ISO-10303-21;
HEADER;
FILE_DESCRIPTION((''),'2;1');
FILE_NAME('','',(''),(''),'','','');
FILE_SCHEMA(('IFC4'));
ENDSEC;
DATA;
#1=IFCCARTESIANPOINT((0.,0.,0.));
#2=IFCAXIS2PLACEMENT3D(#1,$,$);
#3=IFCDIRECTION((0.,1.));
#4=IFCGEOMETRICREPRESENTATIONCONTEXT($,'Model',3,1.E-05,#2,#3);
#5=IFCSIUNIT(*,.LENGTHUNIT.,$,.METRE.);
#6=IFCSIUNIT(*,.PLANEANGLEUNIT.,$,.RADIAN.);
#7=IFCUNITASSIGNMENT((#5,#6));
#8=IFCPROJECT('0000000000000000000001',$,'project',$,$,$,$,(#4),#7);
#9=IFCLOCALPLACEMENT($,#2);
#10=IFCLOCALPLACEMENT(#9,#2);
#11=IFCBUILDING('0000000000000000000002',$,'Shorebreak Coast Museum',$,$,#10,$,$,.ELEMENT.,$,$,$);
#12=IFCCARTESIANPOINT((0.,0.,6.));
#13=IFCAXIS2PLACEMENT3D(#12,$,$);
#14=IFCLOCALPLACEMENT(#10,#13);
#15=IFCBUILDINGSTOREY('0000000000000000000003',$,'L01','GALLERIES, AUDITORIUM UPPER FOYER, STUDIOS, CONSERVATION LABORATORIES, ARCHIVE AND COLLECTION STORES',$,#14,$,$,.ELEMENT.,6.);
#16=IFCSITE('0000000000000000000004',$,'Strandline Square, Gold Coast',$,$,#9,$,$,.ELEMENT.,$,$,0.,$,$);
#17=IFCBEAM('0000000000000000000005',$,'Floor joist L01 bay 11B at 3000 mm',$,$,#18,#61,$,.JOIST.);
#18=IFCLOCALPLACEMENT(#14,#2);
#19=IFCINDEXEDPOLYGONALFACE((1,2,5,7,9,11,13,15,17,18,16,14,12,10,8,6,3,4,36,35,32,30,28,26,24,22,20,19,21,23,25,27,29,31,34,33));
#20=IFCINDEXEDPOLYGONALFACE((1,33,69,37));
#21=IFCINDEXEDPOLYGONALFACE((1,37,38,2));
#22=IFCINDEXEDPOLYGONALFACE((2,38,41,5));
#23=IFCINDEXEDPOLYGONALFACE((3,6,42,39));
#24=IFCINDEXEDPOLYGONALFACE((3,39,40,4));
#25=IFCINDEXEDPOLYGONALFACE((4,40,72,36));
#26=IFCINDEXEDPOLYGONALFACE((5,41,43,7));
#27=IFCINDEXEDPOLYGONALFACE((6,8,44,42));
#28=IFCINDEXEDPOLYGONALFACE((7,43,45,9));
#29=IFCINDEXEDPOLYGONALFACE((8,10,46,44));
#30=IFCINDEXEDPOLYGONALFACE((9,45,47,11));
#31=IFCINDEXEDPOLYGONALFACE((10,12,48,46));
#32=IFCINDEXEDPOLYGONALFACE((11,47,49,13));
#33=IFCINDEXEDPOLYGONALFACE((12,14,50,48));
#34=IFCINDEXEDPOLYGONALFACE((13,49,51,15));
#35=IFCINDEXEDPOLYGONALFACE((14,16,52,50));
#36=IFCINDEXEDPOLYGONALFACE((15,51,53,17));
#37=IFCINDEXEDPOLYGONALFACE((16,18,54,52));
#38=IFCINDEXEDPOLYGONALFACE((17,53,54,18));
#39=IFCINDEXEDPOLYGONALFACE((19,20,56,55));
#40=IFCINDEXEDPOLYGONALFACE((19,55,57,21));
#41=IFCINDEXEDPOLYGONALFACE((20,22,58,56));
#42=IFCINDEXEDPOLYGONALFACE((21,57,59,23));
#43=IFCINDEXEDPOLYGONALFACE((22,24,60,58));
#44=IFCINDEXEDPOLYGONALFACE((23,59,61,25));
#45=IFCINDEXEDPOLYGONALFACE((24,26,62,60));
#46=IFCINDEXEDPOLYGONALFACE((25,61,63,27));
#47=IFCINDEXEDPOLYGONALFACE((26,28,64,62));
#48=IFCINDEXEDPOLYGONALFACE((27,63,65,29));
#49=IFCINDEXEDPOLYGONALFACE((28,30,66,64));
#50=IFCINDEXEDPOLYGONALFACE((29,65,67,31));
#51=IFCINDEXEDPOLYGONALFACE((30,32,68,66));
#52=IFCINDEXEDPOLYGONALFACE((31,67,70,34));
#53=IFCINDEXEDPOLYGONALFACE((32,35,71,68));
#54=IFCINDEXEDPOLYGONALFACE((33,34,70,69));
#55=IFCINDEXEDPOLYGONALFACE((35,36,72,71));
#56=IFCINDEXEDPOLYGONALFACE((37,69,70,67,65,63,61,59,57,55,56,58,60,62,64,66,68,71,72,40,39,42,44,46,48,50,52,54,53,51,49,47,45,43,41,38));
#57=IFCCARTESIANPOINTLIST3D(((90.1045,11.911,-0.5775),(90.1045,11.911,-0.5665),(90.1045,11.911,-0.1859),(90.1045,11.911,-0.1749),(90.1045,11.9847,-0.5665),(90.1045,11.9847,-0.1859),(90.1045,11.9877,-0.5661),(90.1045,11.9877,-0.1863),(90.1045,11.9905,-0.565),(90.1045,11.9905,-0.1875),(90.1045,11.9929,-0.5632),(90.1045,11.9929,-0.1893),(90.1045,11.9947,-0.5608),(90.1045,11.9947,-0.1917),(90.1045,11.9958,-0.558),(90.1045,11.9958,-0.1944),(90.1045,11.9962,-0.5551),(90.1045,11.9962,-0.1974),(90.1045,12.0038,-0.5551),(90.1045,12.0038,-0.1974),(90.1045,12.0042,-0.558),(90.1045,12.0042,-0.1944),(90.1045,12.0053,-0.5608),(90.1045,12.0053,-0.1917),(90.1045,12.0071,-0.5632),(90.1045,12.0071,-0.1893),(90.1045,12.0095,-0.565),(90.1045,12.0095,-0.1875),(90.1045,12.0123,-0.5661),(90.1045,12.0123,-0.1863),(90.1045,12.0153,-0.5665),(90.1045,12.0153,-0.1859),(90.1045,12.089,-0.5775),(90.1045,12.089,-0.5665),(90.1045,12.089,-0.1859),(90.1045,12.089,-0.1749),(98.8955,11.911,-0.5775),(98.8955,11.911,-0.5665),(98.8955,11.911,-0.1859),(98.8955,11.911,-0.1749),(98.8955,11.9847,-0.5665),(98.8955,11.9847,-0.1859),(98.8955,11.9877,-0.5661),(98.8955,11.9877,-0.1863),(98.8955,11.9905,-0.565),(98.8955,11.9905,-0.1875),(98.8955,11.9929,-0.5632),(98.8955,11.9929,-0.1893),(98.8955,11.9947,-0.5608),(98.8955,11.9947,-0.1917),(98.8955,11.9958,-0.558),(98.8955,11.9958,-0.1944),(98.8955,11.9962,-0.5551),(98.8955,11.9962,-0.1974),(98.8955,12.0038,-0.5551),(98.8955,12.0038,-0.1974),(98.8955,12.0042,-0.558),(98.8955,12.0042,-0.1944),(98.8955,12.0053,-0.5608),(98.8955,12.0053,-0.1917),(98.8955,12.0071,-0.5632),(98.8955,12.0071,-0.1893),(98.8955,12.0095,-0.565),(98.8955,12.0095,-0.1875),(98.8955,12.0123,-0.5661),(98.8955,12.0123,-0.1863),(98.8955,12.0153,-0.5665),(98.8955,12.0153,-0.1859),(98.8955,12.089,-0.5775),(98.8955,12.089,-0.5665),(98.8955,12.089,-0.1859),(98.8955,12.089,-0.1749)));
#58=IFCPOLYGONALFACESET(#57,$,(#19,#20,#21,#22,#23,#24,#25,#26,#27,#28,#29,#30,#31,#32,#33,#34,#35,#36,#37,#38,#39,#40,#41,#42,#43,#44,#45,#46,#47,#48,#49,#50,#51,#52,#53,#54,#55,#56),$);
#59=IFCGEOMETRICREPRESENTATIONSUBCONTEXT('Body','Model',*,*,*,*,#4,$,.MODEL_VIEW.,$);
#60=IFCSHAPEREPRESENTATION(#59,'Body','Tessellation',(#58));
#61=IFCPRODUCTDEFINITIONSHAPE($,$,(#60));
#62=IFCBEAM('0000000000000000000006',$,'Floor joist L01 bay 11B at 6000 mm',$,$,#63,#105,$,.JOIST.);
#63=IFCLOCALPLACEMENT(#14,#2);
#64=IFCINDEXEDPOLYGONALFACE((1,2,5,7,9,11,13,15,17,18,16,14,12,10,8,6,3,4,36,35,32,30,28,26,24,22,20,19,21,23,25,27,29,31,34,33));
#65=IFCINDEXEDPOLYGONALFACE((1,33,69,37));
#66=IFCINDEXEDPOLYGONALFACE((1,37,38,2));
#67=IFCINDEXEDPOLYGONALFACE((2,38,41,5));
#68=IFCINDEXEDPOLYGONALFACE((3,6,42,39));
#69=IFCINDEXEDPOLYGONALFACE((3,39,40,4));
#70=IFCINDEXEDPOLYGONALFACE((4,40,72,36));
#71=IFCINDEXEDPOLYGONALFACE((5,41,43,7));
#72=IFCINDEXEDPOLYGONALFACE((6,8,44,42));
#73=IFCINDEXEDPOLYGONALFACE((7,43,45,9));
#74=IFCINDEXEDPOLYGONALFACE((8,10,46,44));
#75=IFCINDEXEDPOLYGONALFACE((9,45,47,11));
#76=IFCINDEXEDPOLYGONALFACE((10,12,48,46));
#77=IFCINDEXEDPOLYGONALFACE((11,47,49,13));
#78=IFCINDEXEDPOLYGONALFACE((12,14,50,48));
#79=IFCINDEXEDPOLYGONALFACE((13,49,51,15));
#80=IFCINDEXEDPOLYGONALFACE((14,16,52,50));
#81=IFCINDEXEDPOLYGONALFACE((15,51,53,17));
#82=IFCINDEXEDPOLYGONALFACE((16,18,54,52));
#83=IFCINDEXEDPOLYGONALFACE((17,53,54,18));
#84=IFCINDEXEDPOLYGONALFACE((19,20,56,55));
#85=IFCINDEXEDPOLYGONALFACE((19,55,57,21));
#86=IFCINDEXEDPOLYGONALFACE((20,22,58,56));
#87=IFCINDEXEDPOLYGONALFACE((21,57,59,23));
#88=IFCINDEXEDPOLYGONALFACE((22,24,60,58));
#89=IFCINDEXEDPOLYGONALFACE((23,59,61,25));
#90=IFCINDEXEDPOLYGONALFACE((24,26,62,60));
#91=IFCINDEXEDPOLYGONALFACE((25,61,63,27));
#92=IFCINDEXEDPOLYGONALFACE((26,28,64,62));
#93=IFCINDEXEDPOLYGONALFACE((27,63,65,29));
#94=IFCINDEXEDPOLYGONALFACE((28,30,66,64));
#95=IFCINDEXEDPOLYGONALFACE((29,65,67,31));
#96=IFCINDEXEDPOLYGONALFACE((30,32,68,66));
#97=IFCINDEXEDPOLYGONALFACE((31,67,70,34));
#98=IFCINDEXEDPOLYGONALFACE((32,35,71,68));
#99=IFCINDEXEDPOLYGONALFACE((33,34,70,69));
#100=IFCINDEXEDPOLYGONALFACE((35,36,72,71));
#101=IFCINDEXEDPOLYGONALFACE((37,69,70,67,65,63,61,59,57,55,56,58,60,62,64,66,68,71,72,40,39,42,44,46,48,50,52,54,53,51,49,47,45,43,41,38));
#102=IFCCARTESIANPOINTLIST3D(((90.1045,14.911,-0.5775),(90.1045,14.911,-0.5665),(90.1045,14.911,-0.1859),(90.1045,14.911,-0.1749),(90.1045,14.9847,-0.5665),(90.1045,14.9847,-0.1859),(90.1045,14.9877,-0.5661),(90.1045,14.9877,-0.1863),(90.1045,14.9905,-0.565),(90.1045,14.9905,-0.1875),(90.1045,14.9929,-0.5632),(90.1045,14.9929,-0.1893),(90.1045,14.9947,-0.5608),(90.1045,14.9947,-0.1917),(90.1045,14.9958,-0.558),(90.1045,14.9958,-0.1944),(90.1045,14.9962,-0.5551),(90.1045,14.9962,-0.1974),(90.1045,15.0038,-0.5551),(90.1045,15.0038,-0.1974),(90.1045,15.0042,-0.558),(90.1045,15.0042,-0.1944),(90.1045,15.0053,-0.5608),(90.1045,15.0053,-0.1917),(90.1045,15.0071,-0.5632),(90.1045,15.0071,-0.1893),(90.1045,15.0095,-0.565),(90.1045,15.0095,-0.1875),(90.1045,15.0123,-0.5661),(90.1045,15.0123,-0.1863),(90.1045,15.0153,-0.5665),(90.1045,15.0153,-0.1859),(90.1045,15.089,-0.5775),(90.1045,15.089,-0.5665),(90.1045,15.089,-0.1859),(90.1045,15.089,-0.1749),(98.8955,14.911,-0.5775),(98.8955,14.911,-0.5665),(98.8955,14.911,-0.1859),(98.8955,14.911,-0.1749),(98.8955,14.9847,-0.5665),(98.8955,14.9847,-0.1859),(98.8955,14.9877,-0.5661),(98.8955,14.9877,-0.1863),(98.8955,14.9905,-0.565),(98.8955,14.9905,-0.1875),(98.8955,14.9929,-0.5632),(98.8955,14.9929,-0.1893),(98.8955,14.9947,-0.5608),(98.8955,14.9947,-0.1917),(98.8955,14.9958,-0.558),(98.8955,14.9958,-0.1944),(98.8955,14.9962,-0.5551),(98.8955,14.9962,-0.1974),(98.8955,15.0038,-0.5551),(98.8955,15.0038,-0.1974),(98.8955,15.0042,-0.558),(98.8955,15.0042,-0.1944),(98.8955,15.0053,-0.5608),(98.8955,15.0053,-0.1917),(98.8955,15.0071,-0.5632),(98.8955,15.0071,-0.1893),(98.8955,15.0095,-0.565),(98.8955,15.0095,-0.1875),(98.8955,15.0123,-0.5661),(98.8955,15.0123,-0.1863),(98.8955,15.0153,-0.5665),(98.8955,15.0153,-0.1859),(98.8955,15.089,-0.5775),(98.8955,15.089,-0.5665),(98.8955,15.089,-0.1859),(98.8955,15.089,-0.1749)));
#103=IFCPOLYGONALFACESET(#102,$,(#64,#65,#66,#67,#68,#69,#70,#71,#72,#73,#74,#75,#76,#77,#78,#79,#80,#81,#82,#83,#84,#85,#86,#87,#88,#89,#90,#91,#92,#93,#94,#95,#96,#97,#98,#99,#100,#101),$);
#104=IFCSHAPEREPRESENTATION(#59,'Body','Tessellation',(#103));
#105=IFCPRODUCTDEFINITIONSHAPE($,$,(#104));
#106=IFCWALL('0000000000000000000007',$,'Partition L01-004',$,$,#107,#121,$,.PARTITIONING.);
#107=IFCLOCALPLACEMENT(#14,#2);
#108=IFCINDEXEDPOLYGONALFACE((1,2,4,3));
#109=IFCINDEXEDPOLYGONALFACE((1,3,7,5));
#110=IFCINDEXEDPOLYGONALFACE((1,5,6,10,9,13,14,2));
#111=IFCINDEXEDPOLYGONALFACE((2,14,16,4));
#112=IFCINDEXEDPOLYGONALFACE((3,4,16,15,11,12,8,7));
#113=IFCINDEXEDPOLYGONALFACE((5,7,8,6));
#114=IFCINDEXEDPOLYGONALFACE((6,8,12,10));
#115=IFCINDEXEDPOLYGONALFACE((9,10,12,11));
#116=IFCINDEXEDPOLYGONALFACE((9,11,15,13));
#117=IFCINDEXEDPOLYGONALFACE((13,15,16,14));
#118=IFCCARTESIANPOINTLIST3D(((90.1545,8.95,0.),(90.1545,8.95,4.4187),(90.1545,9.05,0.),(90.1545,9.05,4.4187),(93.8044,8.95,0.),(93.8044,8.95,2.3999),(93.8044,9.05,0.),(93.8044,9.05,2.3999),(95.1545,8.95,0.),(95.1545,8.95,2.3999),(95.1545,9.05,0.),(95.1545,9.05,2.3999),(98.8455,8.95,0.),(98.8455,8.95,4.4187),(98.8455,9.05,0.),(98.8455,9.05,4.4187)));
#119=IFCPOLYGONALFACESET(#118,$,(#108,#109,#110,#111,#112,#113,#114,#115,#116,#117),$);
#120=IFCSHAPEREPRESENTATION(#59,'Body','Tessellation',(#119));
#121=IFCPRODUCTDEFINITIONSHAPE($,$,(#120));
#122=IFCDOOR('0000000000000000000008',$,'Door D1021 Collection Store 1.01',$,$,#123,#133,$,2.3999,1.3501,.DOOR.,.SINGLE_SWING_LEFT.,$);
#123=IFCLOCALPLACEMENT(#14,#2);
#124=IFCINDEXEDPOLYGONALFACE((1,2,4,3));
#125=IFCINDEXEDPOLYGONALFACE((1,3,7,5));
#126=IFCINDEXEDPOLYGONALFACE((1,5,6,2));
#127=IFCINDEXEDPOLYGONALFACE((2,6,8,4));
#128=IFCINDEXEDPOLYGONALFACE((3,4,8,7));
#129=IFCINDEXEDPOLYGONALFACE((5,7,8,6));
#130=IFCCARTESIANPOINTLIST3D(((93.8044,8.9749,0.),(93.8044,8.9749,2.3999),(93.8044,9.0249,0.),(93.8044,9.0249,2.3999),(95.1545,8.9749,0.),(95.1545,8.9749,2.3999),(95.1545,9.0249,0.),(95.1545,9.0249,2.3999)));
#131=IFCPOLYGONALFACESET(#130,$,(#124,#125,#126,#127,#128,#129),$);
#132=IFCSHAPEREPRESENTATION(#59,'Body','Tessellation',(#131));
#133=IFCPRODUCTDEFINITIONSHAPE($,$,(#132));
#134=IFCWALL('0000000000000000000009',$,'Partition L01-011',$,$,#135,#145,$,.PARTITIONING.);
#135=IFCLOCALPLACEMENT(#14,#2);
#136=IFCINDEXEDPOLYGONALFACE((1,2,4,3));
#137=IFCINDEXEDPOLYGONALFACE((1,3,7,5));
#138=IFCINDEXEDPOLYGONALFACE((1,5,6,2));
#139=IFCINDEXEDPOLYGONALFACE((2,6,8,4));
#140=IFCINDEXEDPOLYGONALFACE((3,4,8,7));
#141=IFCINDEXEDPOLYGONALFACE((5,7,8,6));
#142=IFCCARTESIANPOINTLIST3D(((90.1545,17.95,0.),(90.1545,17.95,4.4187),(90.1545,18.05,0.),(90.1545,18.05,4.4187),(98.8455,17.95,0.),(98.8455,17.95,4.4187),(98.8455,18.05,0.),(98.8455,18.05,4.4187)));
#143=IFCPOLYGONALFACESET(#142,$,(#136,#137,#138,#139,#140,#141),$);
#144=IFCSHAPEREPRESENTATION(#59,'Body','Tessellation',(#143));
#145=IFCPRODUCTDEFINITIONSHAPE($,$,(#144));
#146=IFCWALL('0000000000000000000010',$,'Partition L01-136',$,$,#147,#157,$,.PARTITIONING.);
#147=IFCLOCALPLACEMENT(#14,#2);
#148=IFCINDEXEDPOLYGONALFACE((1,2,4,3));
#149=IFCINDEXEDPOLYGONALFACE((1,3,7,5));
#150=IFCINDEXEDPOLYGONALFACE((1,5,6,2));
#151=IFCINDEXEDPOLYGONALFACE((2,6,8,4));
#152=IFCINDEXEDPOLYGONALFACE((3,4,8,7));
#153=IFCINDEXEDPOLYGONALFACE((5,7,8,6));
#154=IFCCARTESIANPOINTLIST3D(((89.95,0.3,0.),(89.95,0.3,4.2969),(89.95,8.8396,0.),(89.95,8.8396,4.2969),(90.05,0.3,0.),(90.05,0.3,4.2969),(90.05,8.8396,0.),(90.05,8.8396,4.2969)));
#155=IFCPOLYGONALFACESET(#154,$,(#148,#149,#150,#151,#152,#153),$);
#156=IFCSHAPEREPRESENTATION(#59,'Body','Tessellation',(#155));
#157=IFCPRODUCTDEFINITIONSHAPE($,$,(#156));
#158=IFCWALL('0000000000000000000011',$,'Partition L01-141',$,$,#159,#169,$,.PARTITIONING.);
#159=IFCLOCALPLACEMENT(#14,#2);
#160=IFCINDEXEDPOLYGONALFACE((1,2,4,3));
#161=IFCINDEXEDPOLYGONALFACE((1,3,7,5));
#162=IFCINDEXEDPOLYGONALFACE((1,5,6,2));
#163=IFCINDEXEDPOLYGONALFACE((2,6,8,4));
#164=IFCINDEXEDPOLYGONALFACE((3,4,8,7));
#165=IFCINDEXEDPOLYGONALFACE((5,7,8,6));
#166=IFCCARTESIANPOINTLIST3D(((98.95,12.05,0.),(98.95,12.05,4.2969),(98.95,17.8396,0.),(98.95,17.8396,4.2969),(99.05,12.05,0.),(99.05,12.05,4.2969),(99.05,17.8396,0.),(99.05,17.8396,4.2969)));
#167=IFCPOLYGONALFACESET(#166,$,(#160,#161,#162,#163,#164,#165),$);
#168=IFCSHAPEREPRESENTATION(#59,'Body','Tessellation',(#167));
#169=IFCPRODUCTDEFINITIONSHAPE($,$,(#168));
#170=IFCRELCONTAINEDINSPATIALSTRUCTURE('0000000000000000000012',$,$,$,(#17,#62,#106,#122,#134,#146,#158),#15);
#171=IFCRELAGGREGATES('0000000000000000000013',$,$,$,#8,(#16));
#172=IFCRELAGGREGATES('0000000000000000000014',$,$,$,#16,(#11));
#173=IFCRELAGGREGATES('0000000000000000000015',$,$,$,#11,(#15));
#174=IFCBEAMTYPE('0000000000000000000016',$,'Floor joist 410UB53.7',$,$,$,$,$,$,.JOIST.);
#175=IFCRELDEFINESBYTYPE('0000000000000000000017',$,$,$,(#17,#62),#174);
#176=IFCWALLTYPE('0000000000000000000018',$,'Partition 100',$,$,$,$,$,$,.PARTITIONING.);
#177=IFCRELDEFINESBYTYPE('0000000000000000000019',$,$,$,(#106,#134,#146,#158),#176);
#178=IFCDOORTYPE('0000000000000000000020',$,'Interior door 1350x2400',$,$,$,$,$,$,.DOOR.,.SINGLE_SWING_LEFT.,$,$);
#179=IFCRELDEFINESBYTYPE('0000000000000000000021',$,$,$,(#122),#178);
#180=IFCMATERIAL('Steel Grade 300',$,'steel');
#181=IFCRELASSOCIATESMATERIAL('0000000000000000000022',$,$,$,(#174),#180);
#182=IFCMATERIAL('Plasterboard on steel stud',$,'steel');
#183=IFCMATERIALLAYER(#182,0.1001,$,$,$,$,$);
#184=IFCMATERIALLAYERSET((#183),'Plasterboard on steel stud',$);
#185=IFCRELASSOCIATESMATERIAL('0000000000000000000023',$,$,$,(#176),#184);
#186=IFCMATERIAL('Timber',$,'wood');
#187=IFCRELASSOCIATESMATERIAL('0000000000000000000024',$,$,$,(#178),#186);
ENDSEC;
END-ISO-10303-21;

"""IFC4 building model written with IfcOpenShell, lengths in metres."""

from ifc_helpers import new_model, si_unit, direction, frame, frame_2d, origin, origin_2d, place, context, subcontext, project, spatial, rectangle, i_section, extrude, material, layer, layer_set, material_profile, profile_set, type_object, element, fill, save


model = new_model("IFC4")

# Units and contexts
model_context = context("Model", 3, precision=1e-05, world=origin(), true_north=direction((0.0, 1.0)))
body_context = subcontext(model_context, "Body", "Model", "MODEL_VIEW")
ifc_project = project(units=[si_unit("LENGTHUNIT", "METRE"), si_unit("PLANEANGLEUNIT", "RADIAN")], contexts=[model_context])

# Site, building, storey
site_placement = place(None, origin())
site = spatial("IfcSite", under=ifc_project, at=site_placement, Name="Strandline Square, Gold Coast", CompositionType="ELEMENT", RefElevation=0.0)
building_placement = place(site_placement, origin())
building = spatial("IfcBuilding", under=site, at=building_placement, Name="Shorebreak Coast Museum", CompositionType="ELEMENT")
storey_placement = place(building_placement, frame((0.0, 0.0, 6.0)))
storey = spatial("IfcBuildingStorey", under=building, at=storey_placement, Name="L01", Description="GALLERIES, AUDITORIUM UPPER FOYER, STUDIOS, CONSERVATION LABORATORIES, ARCHIVE AND COLLECTION STORES", CompositionType="ELEMENT", Elevation=6.0)

# Beams
ifc_material_1 = material(Name="Steel Grade 300", Category="steel")
ifc_material_profile_1 = material_profile(ifc_material_1, i_section(OverallWidth=0.178, OverallDepth=0.4026, WebThickness=0.0076, FlangeThickness=0.011, FilletRadius=0.0115, at=origin_2d()), Name="410UB53.7")
ifc_profile_set_1 = profile_set([ifc_material_profile_1], Name="Steel Grade 300")
beam_type_1 = type_object("IfcBeamType", Name="Floor joist 410UB53.7", PredefinedType="JOIST", material=ifc_profile_set_1)
for number, where, z_axis, x_axis, name in (
    (1, (90.1045, 12.0, -0.3762), (1.0, 0.0, 0.0), (0.0, 1.0, 0.0), "Floor joist L01 bay 11B at 3000 mm"),
    (2, (90.1045, 15.0, -0.3762), (1.0, 0.0, 0.0), (0.0, 1.0, 0.0), "Floor joist L01 bay 11B at 6000 mm"),
):
    element("IfcBeam", number, at=place(storey_placement, frame(where, z_axis=z_axis, x_axis=x_axis)), inside=storey, type_object=beam_type_1, Name=name, PredefinedType="JOIST", context=body_context, shape_type="SweptSolid", body=[
        extrude(i_section(OverallWidth=0.178, OverallDepth=0.4026, WebThickness=0.0076, FlangeThickness=0.011, FilletRadius=0.0115, at=origin_2d()), origin(), (0.0, 0.0, 1.0), 8.791),
    ])

# Wall, opening, door
ifc_material_2 = material(Name="Plasterboard on steel stud", Category="steel")
ifc_layer = layer(ifc_material_2, 0.1001)
ifc_layer_set = layer_set([ifc_layer], Name="Plasterboard on steel stud")
wall_type = type_object("IfcWallType", Name="Partition 100", PredefinedType="PARTITIONING", material=ifc_layer_set)
wall_1_placement = place(storey_placement, frame((90.1545, 9.0, 0.0), z_axis=(0.0, 0.0, 1.0), x_axis=(1.0, 0.0, 0.0)))
wall_1 = element("IfcWall", 3, at=wall_1_placement, inside=storey, type_object=wall_type, Name="Partition L01-004", PredefinedType="PARTITIONING", context=body_context, shape_type="SweptSolid", body=[
    extrude(rectangle(XDim=8.6909, YDim=0.1001, at=frame_2d((4.3455, 0.0))), origin(), (0.0, 0.0, 1.0), 4.4187),
])
opening_placement = place(wall_1_placement, frame((3.6499, 0.0, 0.0)))
opening = element("IfcOpeningElement", 4, at=opening_placement, cuts=wall_1, PredefinedType="OPENING", context=body_context, shape_type="SweptSolid", body=[
    extrude(rectangle(XDim=1.3501, YDim=2.3999, at=frame_2d((0.675, 1.2))), frame((0.0, 0.0601, 0.0), z_axis=(0.0, -1.0, 0.0), x_axis=(1.0, 0.0, 0.0)), (0.0, 0.0, 1.0), 0.1201),
])
ifc_material_3 = material(Name="Timber", Category="wood")
door_type = type_object("IfcDoorType", Name="Interior door 1350x2400", OperationType="SINGLE_SWING_LEFT", PredefinedType="DOOR", material=ifc_material_3)
door_placement = place(opening_placement, origin())
door = element("IfcDoor", 5, at=door_placement, inside=storey, type_object=door_type, Name="Door D1021 Collection Store 1.01", OperationType="SINGLE_SWING_LEFT", OverallHeight=2.3999, OverallWidth=1.3501, PredefinedType="DOOR", context=body_context, shape_type="SweptSolid", body=[
    extrude(rectangle(XDim=1.3501, YDim=2.3999, at=frame_2d((0.675, 1.2))), frame((0.0, 0.0249, 0.0), z_axis=(0.0, -1.0, 0.0), x_axis=(1.0, 0.0, 0.0)), (0.0, 0.0, 1.0), 0.05),
])
fill(opening, door)

# Walls
wall_2_placement = place(storey_placement, frame((90.1545, 18.0, 0.0), z_axis=(0.0, 0.0, 1.0), x_axis=(1.0, 0.0, 0.0)))
element("IfcWall", 6, at=wall_2_placement, inside=storey, type_object=wall_type, Name="Partition L01-011", PredefinedType="PARTITIONING", context=body_context, shape_type="SweptSolid", body=[
    extrude(rectangle(XDim=8.6909, YDim=0.1001, at=frame_2d((4.3455, 0.0))), origin(), (0.0, 0.0, 1.0), 4.4187),
])
wall_3_placement = place(storey_placement, frame((90.0, 0.3, 0.0), z_axis=(0.0, 0.0, 1.0), x_axis=(0.0, 1.0, 0.0)))
element("IfcWall", 7, at=wall_3_placement, inside=storey, type_object=wall_type, Name="Partition L01-136", PredefinedType="PARTITIONING", context=body_context, shape_type="SweptSolid", body=[
    extrude(rectangle(XDim=8.5396, YDim=0.1001, at=frame_2d((4.2698, 0.0))), origin(), (0.0, 0.0, 1.0), 4.2969),
])
wall_4_placement = place(storey_placement, frame((99.0, 12.05, 0.0), z_axis=(0.0, 0.0, 1.0), x_axis=(0.0, 1.0, 0.0)))
element("IfcWall", 8, at=wall_4_placement, inside=storey, type_object=wall_type, Name="Partition L01-141", PredefinedType="PARTITIONING", context=body_context, shape_type="SweptSolid", body=[
    extrude(rectangle(XDim=5.7896, YDim=0.1001, at=frame_2d((2.8948, 0.0))), origin(), (0.0, 0.0, 1.0), 4.2969),
])

save(model, "model.ifc")
